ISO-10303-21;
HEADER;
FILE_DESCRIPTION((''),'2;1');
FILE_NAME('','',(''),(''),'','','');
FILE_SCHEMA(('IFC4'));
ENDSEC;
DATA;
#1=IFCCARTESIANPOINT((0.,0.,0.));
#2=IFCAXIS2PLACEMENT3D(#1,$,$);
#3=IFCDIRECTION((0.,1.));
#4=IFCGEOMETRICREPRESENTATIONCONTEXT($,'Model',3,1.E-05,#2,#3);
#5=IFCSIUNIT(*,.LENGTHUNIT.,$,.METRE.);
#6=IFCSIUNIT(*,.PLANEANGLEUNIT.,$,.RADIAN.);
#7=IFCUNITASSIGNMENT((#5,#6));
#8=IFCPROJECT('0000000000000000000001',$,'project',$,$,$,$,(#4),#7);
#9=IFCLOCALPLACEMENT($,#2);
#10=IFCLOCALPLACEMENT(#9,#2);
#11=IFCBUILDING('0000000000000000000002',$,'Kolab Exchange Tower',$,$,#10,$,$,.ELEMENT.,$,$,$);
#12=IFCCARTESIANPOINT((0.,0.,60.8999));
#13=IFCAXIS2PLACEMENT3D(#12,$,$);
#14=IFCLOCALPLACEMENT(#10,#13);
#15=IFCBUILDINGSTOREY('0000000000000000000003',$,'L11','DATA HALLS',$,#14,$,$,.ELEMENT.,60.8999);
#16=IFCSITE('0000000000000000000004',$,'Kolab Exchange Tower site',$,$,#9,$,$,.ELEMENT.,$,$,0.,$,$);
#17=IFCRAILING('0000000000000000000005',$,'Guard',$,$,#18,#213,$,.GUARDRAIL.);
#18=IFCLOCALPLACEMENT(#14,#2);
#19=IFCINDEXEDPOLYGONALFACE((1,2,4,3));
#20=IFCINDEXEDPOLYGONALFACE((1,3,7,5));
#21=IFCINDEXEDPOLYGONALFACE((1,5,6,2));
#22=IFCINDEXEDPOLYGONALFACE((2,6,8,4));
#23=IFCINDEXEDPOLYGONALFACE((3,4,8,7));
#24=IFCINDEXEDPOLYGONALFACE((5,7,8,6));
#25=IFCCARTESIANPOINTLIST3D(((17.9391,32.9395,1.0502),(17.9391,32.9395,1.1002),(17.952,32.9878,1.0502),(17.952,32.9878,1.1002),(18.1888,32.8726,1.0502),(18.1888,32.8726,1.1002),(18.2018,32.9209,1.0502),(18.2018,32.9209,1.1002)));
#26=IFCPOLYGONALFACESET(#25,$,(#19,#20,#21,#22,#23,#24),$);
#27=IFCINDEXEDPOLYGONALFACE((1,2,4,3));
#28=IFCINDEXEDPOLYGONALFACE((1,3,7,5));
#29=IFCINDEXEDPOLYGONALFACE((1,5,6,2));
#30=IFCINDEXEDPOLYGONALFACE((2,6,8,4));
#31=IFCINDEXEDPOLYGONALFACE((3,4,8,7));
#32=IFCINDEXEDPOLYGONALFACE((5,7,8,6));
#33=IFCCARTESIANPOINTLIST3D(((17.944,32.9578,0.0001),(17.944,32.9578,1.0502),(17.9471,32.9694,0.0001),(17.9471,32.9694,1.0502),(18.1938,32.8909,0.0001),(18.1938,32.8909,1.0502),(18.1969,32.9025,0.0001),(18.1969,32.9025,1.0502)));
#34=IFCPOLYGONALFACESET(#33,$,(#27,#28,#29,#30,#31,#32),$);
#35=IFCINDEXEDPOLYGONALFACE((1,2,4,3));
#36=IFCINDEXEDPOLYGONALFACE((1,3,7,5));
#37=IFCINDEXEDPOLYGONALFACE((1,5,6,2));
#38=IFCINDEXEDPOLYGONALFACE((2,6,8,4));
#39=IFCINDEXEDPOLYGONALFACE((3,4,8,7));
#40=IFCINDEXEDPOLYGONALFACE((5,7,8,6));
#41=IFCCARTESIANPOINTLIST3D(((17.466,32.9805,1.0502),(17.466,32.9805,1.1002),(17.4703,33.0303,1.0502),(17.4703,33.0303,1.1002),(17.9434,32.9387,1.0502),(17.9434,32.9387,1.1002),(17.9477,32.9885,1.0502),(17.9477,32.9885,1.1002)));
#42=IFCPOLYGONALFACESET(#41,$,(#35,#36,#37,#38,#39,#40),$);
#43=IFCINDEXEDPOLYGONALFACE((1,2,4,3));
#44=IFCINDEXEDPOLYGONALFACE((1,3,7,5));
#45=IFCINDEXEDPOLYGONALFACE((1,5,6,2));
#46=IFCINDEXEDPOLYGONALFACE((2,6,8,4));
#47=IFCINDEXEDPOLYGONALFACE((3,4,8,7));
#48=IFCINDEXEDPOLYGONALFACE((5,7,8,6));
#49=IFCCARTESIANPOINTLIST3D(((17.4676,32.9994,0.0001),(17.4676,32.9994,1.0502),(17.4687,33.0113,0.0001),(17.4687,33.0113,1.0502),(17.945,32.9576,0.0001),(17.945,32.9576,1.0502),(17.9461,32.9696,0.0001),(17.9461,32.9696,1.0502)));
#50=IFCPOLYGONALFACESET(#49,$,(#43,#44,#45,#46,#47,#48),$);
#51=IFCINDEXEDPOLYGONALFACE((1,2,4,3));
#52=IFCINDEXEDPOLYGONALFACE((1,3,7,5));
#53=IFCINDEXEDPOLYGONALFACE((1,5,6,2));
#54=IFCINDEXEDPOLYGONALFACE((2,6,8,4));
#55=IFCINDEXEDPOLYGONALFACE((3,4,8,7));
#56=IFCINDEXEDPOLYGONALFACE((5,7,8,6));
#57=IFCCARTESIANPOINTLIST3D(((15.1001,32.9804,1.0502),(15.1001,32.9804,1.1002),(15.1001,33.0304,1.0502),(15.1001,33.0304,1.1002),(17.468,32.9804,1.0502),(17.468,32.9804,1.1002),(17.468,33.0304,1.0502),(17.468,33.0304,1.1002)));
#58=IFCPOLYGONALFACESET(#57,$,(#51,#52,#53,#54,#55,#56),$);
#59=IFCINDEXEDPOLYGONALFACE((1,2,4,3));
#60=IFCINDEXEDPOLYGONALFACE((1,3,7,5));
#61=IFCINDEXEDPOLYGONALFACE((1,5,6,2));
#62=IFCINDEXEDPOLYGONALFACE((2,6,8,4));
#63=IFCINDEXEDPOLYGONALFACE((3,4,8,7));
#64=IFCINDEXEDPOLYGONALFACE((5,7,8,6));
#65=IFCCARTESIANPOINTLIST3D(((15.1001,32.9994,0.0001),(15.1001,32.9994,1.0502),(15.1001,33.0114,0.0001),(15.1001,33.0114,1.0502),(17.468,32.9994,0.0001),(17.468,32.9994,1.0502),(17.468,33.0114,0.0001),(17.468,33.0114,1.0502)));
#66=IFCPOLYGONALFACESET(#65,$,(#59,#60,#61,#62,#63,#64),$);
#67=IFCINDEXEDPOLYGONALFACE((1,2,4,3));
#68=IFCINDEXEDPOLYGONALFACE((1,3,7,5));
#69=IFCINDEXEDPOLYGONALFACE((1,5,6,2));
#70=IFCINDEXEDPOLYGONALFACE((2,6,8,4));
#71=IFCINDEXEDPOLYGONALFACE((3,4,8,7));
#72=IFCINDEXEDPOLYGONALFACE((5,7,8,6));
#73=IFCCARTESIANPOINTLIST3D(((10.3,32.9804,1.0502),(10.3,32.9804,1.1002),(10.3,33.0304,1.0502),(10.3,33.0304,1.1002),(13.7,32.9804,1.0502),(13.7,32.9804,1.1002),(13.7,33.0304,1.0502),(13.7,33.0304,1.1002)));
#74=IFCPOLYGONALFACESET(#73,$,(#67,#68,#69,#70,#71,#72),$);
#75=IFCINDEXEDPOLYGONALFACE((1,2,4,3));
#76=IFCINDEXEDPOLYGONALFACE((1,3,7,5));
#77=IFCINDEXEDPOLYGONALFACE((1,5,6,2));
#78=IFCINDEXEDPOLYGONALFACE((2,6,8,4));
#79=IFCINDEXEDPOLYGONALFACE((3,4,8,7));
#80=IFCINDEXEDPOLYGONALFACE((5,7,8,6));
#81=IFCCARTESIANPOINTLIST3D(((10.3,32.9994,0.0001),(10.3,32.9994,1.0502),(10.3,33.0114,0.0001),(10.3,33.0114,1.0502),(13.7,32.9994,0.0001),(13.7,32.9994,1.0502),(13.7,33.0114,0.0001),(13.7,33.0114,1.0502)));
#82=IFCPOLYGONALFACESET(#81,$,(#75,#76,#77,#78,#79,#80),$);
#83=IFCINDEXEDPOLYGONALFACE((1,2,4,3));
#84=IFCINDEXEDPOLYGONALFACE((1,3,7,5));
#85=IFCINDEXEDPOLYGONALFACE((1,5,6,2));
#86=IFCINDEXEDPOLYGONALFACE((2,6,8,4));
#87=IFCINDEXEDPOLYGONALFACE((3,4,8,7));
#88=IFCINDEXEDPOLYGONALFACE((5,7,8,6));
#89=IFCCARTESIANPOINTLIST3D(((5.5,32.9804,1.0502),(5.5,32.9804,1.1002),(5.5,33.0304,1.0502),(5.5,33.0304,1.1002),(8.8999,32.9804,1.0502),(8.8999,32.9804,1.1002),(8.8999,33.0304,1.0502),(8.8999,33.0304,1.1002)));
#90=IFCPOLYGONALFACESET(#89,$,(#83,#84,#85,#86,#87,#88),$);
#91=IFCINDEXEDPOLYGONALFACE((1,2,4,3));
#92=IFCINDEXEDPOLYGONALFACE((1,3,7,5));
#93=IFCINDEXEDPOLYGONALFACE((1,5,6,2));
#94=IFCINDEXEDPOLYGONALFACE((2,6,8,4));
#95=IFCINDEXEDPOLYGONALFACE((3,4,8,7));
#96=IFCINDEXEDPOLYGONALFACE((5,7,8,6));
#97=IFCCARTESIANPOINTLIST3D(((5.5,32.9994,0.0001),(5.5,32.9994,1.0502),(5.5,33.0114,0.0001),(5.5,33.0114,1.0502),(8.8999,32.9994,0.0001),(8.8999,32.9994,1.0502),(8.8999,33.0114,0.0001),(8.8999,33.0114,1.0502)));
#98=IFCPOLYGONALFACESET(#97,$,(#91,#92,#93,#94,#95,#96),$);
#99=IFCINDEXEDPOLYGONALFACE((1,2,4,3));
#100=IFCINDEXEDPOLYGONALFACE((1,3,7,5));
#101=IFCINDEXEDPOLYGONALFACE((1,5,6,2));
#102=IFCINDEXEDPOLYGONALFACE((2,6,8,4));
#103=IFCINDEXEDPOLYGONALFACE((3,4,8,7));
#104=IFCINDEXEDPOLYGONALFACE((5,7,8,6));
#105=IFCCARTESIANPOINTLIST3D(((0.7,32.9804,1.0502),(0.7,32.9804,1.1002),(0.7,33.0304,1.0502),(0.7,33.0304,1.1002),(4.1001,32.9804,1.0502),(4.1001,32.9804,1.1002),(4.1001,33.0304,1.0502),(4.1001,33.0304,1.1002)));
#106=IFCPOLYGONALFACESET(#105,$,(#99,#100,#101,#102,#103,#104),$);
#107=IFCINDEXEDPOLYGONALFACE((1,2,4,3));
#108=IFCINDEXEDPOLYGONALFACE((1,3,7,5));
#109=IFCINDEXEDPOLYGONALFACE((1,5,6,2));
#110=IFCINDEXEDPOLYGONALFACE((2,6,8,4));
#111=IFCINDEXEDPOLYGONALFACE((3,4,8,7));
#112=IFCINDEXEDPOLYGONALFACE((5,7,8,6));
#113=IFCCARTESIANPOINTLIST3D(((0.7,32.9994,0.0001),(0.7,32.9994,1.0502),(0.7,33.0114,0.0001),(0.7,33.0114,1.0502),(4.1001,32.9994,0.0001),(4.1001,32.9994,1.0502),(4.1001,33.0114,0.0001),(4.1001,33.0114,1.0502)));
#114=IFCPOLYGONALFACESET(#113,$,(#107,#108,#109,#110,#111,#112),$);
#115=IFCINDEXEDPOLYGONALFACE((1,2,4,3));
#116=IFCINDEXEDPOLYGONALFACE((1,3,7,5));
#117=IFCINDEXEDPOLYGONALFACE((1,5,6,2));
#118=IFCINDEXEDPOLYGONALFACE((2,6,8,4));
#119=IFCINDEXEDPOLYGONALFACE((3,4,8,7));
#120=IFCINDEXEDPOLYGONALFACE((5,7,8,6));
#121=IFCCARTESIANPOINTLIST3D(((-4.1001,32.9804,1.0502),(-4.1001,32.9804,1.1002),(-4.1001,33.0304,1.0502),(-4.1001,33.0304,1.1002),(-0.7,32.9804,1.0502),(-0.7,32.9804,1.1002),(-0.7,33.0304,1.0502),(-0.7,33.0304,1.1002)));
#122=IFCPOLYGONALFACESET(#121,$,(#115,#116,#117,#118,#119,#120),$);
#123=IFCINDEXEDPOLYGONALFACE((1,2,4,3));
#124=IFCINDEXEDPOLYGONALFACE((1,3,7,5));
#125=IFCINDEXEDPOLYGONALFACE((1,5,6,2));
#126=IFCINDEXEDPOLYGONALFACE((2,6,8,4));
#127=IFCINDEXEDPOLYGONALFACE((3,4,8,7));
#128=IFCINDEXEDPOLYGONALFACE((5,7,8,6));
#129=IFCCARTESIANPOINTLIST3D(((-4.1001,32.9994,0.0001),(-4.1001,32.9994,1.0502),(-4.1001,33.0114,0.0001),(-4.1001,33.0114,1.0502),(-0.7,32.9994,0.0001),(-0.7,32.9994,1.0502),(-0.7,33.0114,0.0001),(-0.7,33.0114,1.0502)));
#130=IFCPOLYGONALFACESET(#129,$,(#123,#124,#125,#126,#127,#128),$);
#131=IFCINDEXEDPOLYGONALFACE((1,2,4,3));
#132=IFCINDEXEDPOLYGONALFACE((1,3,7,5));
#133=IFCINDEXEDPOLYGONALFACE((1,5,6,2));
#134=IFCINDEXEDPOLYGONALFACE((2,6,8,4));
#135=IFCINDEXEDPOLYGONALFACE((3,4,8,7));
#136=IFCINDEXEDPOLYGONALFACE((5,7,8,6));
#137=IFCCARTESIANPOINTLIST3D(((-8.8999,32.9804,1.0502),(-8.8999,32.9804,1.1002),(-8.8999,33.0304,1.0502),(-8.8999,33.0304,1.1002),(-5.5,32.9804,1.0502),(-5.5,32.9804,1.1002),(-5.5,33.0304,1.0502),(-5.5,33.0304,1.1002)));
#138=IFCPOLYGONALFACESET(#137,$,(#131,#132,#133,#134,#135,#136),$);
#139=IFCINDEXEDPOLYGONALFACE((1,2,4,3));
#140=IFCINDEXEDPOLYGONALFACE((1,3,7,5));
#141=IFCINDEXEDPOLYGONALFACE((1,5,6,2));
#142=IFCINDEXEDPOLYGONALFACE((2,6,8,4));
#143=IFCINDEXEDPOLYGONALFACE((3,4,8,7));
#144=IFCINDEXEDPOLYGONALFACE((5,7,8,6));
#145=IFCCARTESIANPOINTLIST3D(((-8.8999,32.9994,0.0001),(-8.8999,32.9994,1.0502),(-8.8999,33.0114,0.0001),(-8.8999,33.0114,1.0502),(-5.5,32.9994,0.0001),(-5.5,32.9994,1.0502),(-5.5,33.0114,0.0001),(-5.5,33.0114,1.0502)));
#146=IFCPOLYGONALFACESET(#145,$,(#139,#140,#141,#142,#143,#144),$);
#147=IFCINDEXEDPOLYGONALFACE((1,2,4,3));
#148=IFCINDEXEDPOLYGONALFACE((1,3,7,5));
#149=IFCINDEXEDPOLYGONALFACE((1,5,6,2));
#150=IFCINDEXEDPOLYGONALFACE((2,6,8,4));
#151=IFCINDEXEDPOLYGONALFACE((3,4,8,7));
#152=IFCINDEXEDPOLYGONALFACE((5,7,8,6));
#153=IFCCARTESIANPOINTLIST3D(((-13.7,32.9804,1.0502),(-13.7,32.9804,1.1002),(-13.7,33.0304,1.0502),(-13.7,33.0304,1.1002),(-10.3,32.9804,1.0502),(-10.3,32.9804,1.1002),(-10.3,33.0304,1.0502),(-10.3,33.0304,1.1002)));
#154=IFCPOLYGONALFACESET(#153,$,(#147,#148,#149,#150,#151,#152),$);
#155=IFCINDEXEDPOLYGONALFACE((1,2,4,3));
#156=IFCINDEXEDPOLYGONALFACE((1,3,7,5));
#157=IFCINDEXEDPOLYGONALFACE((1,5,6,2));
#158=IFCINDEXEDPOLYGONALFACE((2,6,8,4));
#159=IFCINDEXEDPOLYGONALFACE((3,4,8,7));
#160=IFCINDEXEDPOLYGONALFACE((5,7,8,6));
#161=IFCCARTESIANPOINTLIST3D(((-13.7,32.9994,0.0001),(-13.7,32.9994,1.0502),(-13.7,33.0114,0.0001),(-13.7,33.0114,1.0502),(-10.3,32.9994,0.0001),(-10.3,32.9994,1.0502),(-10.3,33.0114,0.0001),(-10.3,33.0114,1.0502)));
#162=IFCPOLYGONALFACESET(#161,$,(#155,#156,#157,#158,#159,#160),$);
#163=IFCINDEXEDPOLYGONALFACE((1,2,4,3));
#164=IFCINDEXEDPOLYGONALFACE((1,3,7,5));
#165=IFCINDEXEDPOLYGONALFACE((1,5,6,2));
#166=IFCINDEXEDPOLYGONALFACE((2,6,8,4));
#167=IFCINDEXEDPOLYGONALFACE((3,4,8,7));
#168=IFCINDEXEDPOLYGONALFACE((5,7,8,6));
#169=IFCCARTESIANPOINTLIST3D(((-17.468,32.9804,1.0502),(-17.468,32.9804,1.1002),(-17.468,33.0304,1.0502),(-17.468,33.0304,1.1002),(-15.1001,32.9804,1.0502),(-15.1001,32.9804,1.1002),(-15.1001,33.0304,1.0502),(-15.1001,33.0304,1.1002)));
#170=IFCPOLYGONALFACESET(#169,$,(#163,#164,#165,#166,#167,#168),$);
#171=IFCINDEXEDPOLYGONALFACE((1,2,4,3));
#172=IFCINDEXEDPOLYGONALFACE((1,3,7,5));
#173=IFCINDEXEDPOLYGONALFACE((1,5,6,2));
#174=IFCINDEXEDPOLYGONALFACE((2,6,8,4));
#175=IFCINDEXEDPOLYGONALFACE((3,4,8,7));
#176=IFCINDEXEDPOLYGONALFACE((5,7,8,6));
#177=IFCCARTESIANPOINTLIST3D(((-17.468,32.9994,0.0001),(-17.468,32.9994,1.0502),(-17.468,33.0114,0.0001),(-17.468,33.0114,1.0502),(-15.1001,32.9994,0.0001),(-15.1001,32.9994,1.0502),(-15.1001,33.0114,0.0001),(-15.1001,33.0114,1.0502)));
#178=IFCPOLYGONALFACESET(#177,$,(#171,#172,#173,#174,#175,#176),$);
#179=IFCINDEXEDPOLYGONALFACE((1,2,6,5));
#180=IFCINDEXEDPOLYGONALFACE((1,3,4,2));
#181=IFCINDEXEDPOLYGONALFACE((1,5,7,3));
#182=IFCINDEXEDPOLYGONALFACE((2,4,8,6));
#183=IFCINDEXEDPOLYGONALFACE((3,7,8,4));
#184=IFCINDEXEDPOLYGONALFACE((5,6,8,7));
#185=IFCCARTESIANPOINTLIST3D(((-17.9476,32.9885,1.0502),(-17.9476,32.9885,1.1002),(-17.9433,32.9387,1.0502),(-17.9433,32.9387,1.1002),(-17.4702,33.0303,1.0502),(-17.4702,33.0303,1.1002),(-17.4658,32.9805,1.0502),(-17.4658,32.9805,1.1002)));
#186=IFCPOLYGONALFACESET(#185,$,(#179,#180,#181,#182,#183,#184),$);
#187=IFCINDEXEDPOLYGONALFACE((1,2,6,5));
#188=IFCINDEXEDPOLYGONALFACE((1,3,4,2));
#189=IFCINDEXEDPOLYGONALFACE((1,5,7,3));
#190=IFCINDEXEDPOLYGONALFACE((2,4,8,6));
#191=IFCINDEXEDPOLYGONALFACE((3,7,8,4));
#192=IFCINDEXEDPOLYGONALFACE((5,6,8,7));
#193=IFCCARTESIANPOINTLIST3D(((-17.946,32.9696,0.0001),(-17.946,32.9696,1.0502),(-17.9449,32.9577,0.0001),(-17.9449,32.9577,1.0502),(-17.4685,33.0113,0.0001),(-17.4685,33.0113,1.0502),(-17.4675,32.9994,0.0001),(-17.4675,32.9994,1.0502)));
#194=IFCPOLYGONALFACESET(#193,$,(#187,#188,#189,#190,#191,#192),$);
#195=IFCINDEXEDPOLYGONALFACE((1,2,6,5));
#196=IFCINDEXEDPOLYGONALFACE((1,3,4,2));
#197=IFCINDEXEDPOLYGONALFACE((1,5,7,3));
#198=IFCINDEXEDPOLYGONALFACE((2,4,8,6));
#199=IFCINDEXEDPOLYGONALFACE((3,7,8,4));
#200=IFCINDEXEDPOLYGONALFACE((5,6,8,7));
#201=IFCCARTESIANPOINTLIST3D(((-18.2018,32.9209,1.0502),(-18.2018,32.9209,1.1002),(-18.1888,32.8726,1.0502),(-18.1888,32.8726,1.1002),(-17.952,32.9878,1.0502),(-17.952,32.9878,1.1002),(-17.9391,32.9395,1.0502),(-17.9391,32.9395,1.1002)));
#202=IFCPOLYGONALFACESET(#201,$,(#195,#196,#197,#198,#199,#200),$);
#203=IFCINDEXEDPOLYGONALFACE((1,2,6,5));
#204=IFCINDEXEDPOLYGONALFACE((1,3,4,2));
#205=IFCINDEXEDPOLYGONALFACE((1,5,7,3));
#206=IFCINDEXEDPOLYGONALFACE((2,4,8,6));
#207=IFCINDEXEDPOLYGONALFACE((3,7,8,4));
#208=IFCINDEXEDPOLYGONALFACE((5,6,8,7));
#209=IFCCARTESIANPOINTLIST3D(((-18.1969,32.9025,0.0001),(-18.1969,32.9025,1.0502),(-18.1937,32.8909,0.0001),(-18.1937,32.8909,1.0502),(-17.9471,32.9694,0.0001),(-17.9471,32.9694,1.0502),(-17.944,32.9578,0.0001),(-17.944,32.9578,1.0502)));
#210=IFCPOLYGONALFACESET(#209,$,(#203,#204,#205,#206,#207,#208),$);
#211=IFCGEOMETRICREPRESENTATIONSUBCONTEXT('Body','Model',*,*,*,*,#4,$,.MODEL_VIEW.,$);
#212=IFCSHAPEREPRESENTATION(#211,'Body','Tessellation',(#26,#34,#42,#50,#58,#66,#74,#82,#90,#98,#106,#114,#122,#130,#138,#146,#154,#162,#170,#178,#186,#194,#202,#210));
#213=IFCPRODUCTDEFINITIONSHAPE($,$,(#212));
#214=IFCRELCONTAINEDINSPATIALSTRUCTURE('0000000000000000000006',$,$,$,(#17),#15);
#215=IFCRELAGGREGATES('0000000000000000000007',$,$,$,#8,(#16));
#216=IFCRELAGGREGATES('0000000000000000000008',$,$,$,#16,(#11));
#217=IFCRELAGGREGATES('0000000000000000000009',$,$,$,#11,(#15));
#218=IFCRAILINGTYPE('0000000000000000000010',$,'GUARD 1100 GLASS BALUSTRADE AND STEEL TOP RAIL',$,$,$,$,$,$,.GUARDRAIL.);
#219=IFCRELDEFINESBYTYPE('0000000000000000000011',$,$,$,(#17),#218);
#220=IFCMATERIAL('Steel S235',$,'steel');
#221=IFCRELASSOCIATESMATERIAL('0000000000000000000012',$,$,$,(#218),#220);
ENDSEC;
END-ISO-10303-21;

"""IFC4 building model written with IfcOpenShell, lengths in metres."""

from ifc_helpers import new_model, si_unit, direction, frame, frame_2d, origin, origin_2d, place, context, subcontext, project, spatial, rectangle, extrude, material, type_object, element, save


model = new_model("IFC4")

# Units and contexts
model_context = context("Model", 3, precision=1e-05, world=origin(), true_north=direction((0.0, 1.0)))
body_context = subcontext(model_context, "Body", "Model", "MODEL_VIEW")
ifc_project = project(units=[si_unit("LENGTHUNIT", "METRE"), si_unit("PLANEANGLEUNIT", "RADIAN")], contexts=[model_context])

# Site, building, storey
site_placement = place(None, origin())
site = spatial("IfcSite", under=ifc_project, at=site_placement, Name="Kolab Exchange Tower site", CompositionType="ELEMENT", RefElevation=0.0)
building_placement = place(site_placement, origin())
building = spatial("IfcBuilding", under=site, at=building_placement, Name="Kolab Exchange Tower", CompositionType="ELEMENT")
storey_placement = place(building_placement, frame((0.0, 0.0, 60.8999)))
storey = spatial("IfcBuildingStorey", under=building, at=storey_placement, Name="L11", Description="DATA HALLS", CompositionType="ELEMENT", Elevation=60.8999)

# Railing
ifc_material_1 = material(Name="Steel S235", Category="steel")
railing_type = type_object("IfcRailingType", Name="GUARD 1100 GLASS BALUSTRADE AND STEEL TOP RAIL", PredefinedType="GUARDRAIL", material=ifc_material_1)
railing_1_placement = place(storey_placement, frame((18.1953, 32.8967, 0.0)))
element("IfcRailing", 1, at=railing_1_placement, inside=storey, type_object=railing_type, Name="Guard", PredefinedType="GUARDRAIL", context=body_context, shape_type="SweptSolid", body=[
    extrude(rectangle(XDim=0.05, YDim=0.05, at=origin_2d()), frame((0.0, 0.0, 1.0752), z_axis=(-0.965952, 0.25872, 0.0), x_axis=(-0.25872, -0.965952, 0.0)), (0.0, 0.0, 1.0), 0.2585),
    extrude(rectangle(XDim=0.012, YDim=1.0501, at=frame_2d((0.0, 0.5251))), frame((0.0, 0.0, 0.0), z_axis=(-0.965952, 0.25872, 0.0), x_axis=(-0.25872, -0.965952, 0.0)), (0.0, 0.0, 1.0), 0.2585),
    extrude(rectangle(XDim=0.05, YDim=0.05, at=origin_2d()), frame((-0.2498, 0.0669, 1.0752), z_axis=(-0.9962, 0.087091, 0.0), x_axis=(-0.087091, -0.9962, 0.0)), (0.0, 0.0, 1.0), 0.4792),
    extrude(rectangle(XDim=0.012, YDim=1.0501, at=frame_2d((0.0, 0.5251))), frame((-0.2498, 0.0669, 0.0), z_axis=(-0.9962, 0.087091, 0.0), x_axis=(-0.087091, -0.9962, 0.0)), (0.0, 0.0, 1.0), 0.4792),
    extrude(rectangle(XDim=0.05, YDim=0.05, at=origin_2d()), frame((-0.7273, 0.1086, 1.0752), z_axis=(-1.0, 0.0, 0.0), x_axis=(0.0, -1.0, 0.0)), (0.0, 0.0, 1.0), 2.3679),
    extrude(rectangle(XDim=0.012, YDim=1.0501, at=frame_2d((0.0, 0.5251))), frame((-0.7273, 0.1086, 0.0), z_axis=(-1.0, 0.0, 0.0), x_axis=(0.0, -1.0, 0.0)), (0.0, 0.0, 1.0), 2.3679),
    extrude(rectangle(XDim=0.05, YDim=0.05, at=origin_2d()), frame((-4.4954, 0.1086, 1.0752), z_axis=(-1.0, 0.0, 0.0), x_axis=(0.0, -1.0, 0.0)), (0.0, 0.0, 1.0), 3.3999),
    extrude(rectangle(XDim=0.012, YDim=1.0501, at=frame_2d((0.0, 0.5251))), frame((-4.4954, 0.1086, 0.0), z_axis=(-1.0, 0.0, 0.0), x_axis=(0.0, -1.0, 0.0)), (0.0, 0.0, 1.0), 3.3999),
    extrude(rectangle(XDim=0.05, YDim=0.05, at=origin_2d()), frame((-9.2954, 0.1086, 1.0752), z_axis=(-1.0, 0.0, 0.0), x_axis=(0.0, -1.0, 0.0)), (0.0, 0.0, 1.0), 3.3999),
    extrude(rectangle(XDim=0.012, YDim=1.0501, at=frame_2d((0.0, 0.5251))), frame((-9.2954, 0.1086, 0.0), z_axis=(-1.0, 0.0, 0.0), x_axis=(0.0, -1.0, 0.0)), (0.0, 0.0, 1.0), 3.3999),
    extrude(rectangle(XDim=0.05, YDim=0.05, at=origin_2d()), frame((-14.0952, 0.1086, 1.0752), z_axis=(-1.0, 0.0, 0.0), x_axis=(0.0, -1.0, 0.0)), (0.0, 0.0, 1.0), 3.4001),
    extrude(rectangle(XDim=0.012, YDim=1.0501, at=frame_2d((0.0, 0.5251))), frame((-14.0952, 0.1086, 0.0), z_axis=(-1.0, 0.0, 0.0), x_axis=(0.0, -1.0, 0.0)), (0.0, 0.0, 1.0), 3.4001),
    extrude(rectangle(XDim=0.05, YDim=0.05, at=origin_2d()), frame((-18.8953, 0.1086, 1.0752), z_axis=(-1.0, 0.0, 0.0), x_axis=(0.0, -1.0, 0.0)), (0.0, 0.0, 1.0), 3.4001),
    extrude(rectangle(XDim=0.012, YDim=1.0501, at=frame_2d((0.0, 0.5251))), frame((-18.8953, 0.1086, 0.0), z_axis=(-1.0, 0.0, 0.0), x_axis=(0.0, -1.0, 0.0)), (0.0, 0.0, 1.0), 3.4001),
    extrude(rectangle(XDim=0.05, YDim=0.05, at=origin_2d()), frame((-23.6953, 0.1086, 1.0752), z_axis=(-1.0, 0.0, 0.0), x_axis=(0.0, -1.0, 0.0)), (0.0, 0.0, 1.0), 3.3999),
    extrude(rectangle(XDim=0.012, YDim=1.0501, at=frame_2d((0.0, 0.5251))), frame((-23.6953, 0.1086, 0.0), z_axis=(-1.0, 0.0, 0.0), x_axis=(0.0, -1.0, 0.0)), (0.0, 0.0, 1.0), 3.3999),
    extrude(rectangle(XDim=0.05, YDim=0.05, at=origin_2d()), frame((-28.4954, 0.1086, 1.0752), z_axis=(-1.0, 0.0, 0.0), x_axis=(0.0, -1.0, 0.0)), (0.0, 0.0, 1.0), 3.3999),
    extrude(rectangle(XDim=0.012, YDim=1.0501, at=frame_2d((0.0, 0.5251))), frame((-28.4954, 0.1086, 0.0), z_axis=(-1.0, 0.0, 0.0), x_axis=(0.0, -1.0, 0.0)), (0.0, 0.0, 1.0), 3.3999),
    extrude(rectangle(XDim=0.05, YDim=0.05, at=origin_2d()), frame((-33.2954, 0.1086, 1.0752), z_axis=(-1.0, 0.0, 0.0), x_axis=(0.0, -1.0, 0.0)), (0.0, 0.0, 1.0), 2.3679),
    extrude(rectangle(XDim=0.012, YDim=1.0501, at=frame_2d((0.0, 0.5251))), frame((-33.2954, 0.1086, 0.0), z_axis=(-1.0, 0.0, 0.0), x_axis=(0.0, -1.0, 0.0)), (0.0, 0.0, 1.0), 2.3679),
    extrude(rectangle(XDim=0.05, YDim=0.05, at=origin_2d()), frame((-35.6633, 0.1086, 1.0752), z_axis=(-0.9962, -0.087091, 0.0), x_axis=(0.087091, -0.9962, 0.0)), (0.0, 0.0, 1.0), 0.4792),
    extrude(rectangle(XDim=0.012, YDim=1.0501, at=frame_2d((0.0, 0.5251))), frame((-35.6633, 0.1086, 0.0), z_axis=(-0.9962, -0.087091, 0.0), x_axis=(0.087091, -0.9962, 0.0)), (0.0, 0.0, 1.0), 0.4792),
    extrude(rectangle(XDim=0.05, YDim=0.05, at=origin_2d()), frame((-36.1409, 0.0669, 1.0752), z_axis=(-0.965952, -0.25872, 0.0), x_axis=(0.25872, -0.965952, 0.0)), (0.0, 0.0, 1.0), 0.2585),
    extrude(rectangle(XDim=0.012, YDim=1.0501, at=frame_2d((0.0, 0.5251))), frame((-36.1409, 0.0669, 0.0), z_axis=(-0.965952, -0.25872, 0.0), x_axis=(0.25872, -0.965952, 0.0)), (0.0, 0.0, 1.0), 0.2585),
])

save(model, "model.ifc")
